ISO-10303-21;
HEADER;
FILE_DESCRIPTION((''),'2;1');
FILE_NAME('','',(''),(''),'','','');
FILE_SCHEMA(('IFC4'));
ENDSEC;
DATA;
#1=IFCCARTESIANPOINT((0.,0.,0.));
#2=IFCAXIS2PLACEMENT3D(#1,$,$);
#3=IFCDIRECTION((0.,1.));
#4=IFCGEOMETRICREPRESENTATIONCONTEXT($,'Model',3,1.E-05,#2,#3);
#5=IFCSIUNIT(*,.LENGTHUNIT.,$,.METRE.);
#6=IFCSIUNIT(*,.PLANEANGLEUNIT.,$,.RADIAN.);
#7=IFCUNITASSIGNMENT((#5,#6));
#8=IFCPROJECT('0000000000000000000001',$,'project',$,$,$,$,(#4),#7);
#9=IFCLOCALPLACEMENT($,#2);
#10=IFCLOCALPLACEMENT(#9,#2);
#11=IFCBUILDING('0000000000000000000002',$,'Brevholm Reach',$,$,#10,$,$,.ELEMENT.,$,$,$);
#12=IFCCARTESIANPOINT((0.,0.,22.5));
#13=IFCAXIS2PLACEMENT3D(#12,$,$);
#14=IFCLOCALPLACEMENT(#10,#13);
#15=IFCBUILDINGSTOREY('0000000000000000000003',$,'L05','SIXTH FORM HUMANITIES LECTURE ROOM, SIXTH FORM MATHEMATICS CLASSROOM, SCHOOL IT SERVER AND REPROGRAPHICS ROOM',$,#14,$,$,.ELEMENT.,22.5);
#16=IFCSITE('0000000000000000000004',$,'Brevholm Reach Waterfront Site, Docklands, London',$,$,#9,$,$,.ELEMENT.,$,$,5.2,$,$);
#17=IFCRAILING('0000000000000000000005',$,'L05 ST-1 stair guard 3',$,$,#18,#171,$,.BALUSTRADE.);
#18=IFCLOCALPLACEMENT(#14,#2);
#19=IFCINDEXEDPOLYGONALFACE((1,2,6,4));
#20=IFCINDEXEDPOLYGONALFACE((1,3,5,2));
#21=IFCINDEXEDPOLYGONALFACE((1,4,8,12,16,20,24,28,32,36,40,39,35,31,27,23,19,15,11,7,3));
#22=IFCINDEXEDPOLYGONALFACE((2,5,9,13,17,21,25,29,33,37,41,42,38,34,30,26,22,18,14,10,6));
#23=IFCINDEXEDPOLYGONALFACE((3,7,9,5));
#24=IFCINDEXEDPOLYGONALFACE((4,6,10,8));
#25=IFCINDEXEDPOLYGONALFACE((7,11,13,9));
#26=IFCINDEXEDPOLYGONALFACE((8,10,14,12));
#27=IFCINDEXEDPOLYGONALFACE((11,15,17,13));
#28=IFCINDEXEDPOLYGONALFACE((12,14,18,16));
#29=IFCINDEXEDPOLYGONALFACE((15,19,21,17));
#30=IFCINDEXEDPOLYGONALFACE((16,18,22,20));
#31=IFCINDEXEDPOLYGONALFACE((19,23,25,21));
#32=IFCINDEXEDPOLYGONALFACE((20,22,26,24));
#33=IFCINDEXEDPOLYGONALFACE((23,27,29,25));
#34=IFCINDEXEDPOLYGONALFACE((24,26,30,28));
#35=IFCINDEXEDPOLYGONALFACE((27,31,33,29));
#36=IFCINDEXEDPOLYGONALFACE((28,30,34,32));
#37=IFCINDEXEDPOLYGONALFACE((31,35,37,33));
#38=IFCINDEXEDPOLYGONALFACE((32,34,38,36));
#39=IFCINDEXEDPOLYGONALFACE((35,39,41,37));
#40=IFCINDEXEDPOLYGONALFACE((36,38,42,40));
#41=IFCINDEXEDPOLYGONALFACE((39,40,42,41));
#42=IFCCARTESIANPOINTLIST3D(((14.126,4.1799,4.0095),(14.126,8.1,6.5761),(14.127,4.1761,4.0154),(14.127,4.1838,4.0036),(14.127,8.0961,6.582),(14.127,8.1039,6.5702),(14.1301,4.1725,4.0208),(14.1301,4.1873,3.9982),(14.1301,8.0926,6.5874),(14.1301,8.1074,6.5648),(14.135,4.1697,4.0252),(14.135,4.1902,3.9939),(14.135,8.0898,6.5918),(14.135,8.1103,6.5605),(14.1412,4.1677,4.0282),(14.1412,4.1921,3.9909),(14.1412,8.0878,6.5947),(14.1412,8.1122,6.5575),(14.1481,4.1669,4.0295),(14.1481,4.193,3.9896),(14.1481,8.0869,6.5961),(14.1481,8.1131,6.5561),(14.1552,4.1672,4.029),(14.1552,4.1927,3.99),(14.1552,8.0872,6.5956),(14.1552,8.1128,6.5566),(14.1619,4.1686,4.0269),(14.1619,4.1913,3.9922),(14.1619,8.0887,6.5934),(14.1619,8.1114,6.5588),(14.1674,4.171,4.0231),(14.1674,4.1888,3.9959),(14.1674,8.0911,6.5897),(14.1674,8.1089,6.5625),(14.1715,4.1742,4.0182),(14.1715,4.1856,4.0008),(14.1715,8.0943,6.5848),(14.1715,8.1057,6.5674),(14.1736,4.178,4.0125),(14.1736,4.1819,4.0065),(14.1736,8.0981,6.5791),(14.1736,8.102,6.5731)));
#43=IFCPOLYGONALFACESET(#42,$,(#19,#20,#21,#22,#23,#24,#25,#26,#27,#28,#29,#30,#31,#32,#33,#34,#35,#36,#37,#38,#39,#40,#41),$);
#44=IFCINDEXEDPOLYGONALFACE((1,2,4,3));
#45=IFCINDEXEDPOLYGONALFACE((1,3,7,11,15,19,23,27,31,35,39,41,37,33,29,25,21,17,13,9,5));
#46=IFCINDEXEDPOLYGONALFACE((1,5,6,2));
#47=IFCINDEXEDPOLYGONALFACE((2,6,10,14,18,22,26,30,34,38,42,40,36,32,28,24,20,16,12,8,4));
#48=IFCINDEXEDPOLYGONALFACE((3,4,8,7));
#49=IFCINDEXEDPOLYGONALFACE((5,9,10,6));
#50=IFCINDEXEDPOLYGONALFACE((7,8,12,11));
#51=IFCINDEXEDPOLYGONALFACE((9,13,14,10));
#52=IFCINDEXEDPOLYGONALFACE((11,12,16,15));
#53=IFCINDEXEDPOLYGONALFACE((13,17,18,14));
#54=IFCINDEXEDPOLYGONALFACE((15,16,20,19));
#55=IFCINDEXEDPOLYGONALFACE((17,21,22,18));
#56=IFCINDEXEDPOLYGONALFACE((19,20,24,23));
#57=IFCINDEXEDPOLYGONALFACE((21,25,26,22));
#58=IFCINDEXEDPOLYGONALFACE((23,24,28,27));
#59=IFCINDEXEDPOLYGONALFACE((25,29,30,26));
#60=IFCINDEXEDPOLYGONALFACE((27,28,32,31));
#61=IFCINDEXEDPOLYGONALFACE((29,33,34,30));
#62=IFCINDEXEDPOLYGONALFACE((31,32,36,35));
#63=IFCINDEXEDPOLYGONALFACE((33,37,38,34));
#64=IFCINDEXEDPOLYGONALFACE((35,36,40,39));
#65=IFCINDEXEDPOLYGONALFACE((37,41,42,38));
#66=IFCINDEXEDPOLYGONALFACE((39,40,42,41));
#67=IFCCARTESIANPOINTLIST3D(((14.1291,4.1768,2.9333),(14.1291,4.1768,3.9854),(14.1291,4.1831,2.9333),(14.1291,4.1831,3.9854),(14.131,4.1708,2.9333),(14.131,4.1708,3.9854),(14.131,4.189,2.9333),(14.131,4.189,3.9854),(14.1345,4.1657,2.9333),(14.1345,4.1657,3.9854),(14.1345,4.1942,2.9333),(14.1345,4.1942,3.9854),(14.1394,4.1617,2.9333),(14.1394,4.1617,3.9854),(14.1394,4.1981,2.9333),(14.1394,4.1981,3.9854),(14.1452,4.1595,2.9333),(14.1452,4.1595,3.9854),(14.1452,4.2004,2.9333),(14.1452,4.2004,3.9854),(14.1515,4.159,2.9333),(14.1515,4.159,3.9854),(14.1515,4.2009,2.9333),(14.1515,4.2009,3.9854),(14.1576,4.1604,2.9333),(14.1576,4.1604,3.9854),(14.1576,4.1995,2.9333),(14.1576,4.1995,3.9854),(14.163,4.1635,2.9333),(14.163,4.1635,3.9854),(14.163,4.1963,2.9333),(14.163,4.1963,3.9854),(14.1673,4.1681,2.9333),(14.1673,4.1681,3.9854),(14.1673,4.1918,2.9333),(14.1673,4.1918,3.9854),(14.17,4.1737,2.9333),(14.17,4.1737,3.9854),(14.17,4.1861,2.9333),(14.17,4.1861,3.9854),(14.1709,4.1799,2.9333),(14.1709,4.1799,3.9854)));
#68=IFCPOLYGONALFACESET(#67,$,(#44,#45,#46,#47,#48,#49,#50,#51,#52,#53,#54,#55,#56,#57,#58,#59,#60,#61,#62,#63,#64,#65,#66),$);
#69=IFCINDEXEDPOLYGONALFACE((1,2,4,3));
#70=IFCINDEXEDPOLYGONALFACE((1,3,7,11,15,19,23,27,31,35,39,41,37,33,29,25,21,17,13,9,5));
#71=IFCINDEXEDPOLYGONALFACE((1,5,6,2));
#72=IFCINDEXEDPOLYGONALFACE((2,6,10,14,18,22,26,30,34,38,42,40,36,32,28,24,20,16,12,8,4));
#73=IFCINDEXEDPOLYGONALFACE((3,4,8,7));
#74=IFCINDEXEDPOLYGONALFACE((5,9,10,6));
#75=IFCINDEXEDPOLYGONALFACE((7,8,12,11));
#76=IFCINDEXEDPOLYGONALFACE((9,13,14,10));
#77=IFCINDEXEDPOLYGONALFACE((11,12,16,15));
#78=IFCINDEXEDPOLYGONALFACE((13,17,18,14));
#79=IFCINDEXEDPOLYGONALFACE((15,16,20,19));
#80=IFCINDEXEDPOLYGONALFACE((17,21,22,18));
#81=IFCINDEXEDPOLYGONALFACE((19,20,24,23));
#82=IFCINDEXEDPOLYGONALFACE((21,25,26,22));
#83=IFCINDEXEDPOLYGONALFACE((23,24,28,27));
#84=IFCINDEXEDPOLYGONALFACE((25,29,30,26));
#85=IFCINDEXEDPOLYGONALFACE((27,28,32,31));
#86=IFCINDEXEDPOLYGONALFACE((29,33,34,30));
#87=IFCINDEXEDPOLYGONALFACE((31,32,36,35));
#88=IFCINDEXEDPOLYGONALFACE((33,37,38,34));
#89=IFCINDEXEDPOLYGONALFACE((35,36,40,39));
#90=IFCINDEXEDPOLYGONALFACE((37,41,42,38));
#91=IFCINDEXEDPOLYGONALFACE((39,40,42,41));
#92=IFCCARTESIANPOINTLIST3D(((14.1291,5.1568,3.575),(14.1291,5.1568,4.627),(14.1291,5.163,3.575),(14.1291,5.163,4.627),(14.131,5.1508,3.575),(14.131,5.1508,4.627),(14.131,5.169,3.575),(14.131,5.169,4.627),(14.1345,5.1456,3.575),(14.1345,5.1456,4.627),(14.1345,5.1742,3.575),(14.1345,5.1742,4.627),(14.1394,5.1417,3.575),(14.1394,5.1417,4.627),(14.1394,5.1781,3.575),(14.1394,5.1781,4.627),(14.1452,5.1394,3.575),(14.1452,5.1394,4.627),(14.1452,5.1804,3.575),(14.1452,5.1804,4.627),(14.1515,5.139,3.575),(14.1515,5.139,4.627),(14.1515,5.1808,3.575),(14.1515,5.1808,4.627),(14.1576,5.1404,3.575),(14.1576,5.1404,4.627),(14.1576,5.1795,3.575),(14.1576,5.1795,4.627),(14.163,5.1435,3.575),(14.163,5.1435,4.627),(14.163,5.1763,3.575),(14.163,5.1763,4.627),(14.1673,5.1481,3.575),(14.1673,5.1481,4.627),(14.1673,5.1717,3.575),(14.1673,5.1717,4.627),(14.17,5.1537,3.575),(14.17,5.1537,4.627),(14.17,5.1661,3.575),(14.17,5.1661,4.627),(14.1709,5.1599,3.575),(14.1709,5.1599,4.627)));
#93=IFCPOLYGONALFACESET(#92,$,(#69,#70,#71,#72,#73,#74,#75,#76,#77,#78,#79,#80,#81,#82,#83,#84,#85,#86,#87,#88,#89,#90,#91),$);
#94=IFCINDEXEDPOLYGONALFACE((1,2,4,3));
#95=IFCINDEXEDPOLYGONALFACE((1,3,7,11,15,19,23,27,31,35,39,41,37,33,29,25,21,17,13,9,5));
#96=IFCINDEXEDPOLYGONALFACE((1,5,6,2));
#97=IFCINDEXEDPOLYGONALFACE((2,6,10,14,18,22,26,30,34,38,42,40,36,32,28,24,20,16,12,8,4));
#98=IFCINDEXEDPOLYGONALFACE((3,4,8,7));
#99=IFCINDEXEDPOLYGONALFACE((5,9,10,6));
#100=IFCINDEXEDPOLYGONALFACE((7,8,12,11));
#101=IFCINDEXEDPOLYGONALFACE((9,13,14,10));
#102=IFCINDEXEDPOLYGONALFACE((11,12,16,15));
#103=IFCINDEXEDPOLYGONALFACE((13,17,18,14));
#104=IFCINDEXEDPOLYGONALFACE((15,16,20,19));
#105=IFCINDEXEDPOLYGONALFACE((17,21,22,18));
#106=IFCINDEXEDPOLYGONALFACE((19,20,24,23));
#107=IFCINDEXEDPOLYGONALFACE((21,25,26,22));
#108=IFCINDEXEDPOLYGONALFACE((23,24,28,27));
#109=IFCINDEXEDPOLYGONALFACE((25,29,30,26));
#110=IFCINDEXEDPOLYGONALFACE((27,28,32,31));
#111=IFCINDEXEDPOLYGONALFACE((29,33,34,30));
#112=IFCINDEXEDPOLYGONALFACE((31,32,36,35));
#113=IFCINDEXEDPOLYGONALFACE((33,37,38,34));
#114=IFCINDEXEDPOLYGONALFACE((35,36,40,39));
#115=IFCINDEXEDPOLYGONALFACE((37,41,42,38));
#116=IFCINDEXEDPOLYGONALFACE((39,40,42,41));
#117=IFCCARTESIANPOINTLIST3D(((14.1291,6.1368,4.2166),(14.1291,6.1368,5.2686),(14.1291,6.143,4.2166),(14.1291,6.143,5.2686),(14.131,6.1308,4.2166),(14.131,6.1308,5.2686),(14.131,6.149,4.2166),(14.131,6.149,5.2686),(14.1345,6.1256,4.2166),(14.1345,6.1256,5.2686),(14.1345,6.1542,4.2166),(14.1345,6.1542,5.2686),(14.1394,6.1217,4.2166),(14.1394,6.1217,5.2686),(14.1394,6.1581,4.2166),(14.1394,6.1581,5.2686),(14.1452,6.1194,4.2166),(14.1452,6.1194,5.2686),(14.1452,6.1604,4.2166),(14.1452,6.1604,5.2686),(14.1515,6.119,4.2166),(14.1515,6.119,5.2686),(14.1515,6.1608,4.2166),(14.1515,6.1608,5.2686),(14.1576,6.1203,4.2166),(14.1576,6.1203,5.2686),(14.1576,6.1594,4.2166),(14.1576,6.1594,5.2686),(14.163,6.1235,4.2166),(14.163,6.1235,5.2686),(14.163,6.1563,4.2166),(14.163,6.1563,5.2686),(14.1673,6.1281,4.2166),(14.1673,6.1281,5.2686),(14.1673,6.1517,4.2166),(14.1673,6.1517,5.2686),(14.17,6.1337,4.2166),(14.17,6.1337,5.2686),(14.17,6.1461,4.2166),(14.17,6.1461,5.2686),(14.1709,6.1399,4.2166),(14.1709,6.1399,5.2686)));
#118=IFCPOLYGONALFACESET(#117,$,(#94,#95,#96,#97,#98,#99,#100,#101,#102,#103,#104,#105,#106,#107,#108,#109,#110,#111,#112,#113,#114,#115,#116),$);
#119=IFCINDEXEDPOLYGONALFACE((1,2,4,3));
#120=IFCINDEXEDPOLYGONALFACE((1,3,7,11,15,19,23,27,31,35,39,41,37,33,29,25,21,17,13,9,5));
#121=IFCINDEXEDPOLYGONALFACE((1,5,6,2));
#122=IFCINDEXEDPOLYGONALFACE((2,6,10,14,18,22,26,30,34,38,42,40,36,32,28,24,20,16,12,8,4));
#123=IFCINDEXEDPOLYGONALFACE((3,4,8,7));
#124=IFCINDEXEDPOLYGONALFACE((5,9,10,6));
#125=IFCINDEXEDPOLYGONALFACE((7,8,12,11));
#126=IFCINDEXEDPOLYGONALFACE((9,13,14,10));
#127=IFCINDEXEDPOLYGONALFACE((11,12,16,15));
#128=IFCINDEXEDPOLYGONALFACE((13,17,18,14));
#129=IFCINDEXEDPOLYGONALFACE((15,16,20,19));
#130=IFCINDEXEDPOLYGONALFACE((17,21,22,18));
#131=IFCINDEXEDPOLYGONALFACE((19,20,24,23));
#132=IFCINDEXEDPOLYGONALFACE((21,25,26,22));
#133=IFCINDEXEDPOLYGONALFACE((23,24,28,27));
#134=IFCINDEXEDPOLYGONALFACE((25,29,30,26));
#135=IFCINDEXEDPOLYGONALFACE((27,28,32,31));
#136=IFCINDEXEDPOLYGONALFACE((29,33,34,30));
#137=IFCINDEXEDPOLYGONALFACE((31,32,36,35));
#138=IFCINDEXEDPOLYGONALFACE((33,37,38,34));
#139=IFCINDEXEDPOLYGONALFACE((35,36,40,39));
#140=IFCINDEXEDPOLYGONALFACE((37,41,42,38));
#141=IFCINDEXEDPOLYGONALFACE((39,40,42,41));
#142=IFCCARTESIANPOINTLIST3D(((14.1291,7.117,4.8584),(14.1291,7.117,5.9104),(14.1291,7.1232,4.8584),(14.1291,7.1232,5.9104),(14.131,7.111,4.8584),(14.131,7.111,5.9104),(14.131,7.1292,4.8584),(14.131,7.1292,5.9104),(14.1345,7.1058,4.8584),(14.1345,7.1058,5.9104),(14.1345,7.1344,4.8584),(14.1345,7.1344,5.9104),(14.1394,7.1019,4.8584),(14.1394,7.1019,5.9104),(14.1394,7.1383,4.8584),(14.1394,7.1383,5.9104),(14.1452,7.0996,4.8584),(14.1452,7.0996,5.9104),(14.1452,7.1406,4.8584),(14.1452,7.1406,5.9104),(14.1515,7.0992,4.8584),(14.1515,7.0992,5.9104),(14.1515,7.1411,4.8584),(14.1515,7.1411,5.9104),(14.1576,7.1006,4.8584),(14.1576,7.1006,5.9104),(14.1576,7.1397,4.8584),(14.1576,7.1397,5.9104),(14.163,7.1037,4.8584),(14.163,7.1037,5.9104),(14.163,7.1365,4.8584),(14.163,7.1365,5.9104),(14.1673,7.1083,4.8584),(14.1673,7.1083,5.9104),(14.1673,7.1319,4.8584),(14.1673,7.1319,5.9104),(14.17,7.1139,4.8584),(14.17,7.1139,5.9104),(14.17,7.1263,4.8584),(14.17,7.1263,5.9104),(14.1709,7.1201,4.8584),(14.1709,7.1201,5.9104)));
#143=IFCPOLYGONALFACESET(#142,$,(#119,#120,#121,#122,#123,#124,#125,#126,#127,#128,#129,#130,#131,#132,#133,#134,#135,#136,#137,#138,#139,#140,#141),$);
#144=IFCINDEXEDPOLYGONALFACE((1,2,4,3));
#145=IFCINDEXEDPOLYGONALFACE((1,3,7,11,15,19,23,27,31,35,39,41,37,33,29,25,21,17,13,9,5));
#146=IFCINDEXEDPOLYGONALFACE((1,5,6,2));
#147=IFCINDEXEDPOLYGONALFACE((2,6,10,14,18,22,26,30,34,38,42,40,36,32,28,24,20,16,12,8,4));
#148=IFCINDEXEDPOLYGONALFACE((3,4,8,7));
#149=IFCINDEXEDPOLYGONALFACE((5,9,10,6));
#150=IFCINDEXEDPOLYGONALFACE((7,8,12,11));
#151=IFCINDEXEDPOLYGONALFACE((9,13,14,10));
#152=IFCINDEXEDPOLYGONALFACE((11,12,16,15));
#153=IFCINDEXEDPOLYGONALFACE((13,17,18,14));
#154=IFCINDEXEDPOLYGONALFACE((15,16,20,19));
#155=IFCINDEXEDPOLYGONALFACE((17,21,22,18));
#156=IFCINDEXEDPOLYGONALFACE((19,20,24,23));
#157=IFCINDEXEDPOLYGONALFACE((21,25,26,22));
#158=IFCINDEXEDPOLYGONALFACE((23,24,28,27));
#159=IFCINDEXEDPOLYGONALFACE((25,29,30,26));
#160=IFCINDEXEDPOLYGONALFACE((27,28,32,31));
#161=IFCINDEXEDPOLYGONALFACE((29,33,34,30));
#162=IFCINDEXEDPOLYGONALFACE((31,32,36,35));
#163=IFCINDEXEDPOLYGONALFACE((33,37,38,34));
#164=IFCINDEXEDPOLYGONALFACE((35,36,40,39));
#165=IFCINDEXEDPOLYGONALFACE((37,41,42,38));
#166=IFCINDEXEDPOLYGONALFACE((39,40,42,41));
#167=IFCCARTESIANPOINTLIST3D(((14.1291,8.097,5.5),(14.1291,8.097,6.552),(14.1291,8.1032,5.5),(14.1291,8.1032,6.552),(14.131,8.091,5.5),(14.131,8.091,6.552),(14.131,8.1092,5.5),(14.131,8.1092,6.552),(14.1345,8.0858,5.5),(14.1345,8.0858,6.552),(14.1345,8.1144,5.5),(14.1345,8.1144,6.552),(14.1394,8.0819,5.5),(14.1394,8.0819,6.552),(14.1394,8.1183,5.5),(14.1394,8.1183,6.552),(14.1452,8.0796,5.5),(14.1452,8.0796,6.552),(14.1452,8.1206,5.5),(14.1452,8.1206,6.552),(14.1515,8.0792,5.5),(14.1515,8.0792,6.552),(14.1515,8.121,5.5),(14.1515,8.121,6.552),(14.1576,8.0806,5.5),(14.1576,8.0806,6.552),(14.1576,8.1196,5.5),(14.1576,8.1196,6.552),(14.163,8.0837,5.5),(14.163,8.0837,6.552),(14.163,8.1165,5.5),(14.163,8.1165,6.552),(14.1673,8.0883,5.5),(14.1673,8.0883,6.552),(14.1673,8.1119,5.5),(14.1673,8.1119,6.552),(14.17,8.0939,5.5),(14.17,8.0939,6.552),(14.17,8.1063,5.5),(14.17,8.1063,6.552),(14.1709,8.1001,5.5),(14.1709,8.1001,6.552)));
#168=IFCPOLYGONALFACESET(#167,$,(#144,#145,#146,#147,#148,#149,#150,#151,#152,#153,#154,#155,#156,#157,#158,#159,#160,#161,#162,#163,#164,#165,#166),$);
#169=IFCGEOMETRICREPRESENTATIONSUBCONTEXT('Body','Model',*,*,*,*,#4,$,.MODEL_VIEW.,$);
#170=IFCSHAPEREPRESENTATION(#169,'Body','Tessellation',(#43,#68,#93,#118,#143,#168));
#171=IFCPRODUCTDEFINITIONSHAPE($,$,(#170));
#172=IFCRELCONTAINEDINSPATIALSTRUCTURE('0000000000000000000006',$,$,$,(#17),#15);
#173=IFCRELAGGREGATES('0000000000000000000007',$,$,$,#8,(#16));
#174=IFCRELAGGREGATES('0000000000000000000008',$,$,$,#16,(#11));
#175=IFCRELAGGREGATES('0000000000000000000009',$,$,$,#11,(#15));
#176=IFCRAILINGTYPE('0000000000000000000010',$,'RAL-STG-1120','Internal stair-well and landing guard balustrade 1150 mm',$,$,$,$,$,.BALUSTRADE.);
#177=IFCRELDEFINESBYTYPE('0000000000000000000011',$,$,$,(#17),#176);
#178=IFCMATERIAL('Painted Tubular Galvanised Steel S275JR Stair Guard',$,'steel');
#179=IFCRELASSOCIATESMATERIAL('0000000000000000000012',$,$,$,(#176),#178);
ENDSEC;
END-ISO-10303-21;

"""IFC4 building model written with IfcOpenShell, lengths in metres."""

from ifc_helpers import new_model, si_unit, direction, frame, origin, origin_2d, place, context, subcontext, project, spatial, circle, extrude, material, type_object, element, save


model = new_model("IFC4")

# Units and contexts
model_context = context("Model", 3, precision=1e-05, world=origin(), true_north=direction((0.0, 1.0)))
body_context = subcontext(model_context, "Body", "Model", "MODEL_VIEW")
ifc_project = project(units=[si_unit("LENGTHUNIT", "METRE"), si_unit("PLANEANGLEUNIT", "RADIAN")], contexts=[model_context])

# Site, building, storey
site_placement = place(None, origin())
site = spatial("IfcSite", under=ifc_project, at=site_placement, Name="Brevholm Reach Waterfront Site, Docklands, London", CompositionType="ELEMENT", RefElevation=5.2)
building_placement = place(site_placement, origin())
building = spatial("IfcBuilding", under=site, at=building_placement, Name="Brevholm Reach", CompositionType="ELEMENT")
storey_placement = place(building_placement, frame((0.0, 0.0, 22.5)))
storey = spatial("IfcBuildingStorey", under=building, at=storey_placement, Name="L05", Description="SIXTH FORM HUMANITIES LECTURE ROOM, SIXTH FORM MATHEMATICS CLASSROOM, SCHOOL IT SERVER AND REPROGRAPHICS ROOM", CompositionType="ELEMENT", Elevation=22.5)

# Railing
ifc_material_1 = material(Name="Painted Tubular Galvanised Steel S275JR Stair Guard", Category="steel")
railing_type_1 = type_object("IfcRailingType", Name="RAL-STG-1120", Description="Internal stair-well and landing guard balustrade 1150 mm", PredefinedType="BALUSTRADE", material=ifc_material_1)
railing_1_placement = place(storey_placement, frame((14.1499, 4.1799, 2.9333)))
element("IfcRailing", 1, at=railing_1_placement, inside=storey, type_object=railing_type_1, Name="L05 ST-1 stair guard 3", PredefinedType="BALUSTRADE", context=body_context, shape_type="SweptSolid", body=[
    extrude(circle(Radius=0.0239, at=origin_2d()), frame((0.0, 0.0, 1.0762), z_axis=(0.0, 0.836631, 0.547767), x_axis=(-1.0, 0.0, 0.0)), (0.0, 0.0, 1.0), 4.6855),
    extrude(circle(Radius=0.021, at=origin_2d()), origin(), (0.0, 0.0, 1.0), 1.052),
    extrude(circle(Radius=0.021, at=origin_2d()), frame((0.0, 0.98, 0.6416)), (0.0, 0.0, 1.0), 1.052),
    extrude(circle(Radius=0.021, at=origin_2d()), frame((0.0, 1.96, 1.2832)), (0.0, 0.0, 1.0), 1.052),
    extrude(circle(Radius=0.021, at=origin_2d()), frame((0.0, 2.9402, 1.925)), (0.0, 0.0, 1.0), 1.052),
    extrude(circle(Radius=0.021, at=origin_2d()), frame((0.0, 3.9202, 2.5667)), (0.0, 0.0, 1.0), 1.052),
])

save(model, "model.ifc")
